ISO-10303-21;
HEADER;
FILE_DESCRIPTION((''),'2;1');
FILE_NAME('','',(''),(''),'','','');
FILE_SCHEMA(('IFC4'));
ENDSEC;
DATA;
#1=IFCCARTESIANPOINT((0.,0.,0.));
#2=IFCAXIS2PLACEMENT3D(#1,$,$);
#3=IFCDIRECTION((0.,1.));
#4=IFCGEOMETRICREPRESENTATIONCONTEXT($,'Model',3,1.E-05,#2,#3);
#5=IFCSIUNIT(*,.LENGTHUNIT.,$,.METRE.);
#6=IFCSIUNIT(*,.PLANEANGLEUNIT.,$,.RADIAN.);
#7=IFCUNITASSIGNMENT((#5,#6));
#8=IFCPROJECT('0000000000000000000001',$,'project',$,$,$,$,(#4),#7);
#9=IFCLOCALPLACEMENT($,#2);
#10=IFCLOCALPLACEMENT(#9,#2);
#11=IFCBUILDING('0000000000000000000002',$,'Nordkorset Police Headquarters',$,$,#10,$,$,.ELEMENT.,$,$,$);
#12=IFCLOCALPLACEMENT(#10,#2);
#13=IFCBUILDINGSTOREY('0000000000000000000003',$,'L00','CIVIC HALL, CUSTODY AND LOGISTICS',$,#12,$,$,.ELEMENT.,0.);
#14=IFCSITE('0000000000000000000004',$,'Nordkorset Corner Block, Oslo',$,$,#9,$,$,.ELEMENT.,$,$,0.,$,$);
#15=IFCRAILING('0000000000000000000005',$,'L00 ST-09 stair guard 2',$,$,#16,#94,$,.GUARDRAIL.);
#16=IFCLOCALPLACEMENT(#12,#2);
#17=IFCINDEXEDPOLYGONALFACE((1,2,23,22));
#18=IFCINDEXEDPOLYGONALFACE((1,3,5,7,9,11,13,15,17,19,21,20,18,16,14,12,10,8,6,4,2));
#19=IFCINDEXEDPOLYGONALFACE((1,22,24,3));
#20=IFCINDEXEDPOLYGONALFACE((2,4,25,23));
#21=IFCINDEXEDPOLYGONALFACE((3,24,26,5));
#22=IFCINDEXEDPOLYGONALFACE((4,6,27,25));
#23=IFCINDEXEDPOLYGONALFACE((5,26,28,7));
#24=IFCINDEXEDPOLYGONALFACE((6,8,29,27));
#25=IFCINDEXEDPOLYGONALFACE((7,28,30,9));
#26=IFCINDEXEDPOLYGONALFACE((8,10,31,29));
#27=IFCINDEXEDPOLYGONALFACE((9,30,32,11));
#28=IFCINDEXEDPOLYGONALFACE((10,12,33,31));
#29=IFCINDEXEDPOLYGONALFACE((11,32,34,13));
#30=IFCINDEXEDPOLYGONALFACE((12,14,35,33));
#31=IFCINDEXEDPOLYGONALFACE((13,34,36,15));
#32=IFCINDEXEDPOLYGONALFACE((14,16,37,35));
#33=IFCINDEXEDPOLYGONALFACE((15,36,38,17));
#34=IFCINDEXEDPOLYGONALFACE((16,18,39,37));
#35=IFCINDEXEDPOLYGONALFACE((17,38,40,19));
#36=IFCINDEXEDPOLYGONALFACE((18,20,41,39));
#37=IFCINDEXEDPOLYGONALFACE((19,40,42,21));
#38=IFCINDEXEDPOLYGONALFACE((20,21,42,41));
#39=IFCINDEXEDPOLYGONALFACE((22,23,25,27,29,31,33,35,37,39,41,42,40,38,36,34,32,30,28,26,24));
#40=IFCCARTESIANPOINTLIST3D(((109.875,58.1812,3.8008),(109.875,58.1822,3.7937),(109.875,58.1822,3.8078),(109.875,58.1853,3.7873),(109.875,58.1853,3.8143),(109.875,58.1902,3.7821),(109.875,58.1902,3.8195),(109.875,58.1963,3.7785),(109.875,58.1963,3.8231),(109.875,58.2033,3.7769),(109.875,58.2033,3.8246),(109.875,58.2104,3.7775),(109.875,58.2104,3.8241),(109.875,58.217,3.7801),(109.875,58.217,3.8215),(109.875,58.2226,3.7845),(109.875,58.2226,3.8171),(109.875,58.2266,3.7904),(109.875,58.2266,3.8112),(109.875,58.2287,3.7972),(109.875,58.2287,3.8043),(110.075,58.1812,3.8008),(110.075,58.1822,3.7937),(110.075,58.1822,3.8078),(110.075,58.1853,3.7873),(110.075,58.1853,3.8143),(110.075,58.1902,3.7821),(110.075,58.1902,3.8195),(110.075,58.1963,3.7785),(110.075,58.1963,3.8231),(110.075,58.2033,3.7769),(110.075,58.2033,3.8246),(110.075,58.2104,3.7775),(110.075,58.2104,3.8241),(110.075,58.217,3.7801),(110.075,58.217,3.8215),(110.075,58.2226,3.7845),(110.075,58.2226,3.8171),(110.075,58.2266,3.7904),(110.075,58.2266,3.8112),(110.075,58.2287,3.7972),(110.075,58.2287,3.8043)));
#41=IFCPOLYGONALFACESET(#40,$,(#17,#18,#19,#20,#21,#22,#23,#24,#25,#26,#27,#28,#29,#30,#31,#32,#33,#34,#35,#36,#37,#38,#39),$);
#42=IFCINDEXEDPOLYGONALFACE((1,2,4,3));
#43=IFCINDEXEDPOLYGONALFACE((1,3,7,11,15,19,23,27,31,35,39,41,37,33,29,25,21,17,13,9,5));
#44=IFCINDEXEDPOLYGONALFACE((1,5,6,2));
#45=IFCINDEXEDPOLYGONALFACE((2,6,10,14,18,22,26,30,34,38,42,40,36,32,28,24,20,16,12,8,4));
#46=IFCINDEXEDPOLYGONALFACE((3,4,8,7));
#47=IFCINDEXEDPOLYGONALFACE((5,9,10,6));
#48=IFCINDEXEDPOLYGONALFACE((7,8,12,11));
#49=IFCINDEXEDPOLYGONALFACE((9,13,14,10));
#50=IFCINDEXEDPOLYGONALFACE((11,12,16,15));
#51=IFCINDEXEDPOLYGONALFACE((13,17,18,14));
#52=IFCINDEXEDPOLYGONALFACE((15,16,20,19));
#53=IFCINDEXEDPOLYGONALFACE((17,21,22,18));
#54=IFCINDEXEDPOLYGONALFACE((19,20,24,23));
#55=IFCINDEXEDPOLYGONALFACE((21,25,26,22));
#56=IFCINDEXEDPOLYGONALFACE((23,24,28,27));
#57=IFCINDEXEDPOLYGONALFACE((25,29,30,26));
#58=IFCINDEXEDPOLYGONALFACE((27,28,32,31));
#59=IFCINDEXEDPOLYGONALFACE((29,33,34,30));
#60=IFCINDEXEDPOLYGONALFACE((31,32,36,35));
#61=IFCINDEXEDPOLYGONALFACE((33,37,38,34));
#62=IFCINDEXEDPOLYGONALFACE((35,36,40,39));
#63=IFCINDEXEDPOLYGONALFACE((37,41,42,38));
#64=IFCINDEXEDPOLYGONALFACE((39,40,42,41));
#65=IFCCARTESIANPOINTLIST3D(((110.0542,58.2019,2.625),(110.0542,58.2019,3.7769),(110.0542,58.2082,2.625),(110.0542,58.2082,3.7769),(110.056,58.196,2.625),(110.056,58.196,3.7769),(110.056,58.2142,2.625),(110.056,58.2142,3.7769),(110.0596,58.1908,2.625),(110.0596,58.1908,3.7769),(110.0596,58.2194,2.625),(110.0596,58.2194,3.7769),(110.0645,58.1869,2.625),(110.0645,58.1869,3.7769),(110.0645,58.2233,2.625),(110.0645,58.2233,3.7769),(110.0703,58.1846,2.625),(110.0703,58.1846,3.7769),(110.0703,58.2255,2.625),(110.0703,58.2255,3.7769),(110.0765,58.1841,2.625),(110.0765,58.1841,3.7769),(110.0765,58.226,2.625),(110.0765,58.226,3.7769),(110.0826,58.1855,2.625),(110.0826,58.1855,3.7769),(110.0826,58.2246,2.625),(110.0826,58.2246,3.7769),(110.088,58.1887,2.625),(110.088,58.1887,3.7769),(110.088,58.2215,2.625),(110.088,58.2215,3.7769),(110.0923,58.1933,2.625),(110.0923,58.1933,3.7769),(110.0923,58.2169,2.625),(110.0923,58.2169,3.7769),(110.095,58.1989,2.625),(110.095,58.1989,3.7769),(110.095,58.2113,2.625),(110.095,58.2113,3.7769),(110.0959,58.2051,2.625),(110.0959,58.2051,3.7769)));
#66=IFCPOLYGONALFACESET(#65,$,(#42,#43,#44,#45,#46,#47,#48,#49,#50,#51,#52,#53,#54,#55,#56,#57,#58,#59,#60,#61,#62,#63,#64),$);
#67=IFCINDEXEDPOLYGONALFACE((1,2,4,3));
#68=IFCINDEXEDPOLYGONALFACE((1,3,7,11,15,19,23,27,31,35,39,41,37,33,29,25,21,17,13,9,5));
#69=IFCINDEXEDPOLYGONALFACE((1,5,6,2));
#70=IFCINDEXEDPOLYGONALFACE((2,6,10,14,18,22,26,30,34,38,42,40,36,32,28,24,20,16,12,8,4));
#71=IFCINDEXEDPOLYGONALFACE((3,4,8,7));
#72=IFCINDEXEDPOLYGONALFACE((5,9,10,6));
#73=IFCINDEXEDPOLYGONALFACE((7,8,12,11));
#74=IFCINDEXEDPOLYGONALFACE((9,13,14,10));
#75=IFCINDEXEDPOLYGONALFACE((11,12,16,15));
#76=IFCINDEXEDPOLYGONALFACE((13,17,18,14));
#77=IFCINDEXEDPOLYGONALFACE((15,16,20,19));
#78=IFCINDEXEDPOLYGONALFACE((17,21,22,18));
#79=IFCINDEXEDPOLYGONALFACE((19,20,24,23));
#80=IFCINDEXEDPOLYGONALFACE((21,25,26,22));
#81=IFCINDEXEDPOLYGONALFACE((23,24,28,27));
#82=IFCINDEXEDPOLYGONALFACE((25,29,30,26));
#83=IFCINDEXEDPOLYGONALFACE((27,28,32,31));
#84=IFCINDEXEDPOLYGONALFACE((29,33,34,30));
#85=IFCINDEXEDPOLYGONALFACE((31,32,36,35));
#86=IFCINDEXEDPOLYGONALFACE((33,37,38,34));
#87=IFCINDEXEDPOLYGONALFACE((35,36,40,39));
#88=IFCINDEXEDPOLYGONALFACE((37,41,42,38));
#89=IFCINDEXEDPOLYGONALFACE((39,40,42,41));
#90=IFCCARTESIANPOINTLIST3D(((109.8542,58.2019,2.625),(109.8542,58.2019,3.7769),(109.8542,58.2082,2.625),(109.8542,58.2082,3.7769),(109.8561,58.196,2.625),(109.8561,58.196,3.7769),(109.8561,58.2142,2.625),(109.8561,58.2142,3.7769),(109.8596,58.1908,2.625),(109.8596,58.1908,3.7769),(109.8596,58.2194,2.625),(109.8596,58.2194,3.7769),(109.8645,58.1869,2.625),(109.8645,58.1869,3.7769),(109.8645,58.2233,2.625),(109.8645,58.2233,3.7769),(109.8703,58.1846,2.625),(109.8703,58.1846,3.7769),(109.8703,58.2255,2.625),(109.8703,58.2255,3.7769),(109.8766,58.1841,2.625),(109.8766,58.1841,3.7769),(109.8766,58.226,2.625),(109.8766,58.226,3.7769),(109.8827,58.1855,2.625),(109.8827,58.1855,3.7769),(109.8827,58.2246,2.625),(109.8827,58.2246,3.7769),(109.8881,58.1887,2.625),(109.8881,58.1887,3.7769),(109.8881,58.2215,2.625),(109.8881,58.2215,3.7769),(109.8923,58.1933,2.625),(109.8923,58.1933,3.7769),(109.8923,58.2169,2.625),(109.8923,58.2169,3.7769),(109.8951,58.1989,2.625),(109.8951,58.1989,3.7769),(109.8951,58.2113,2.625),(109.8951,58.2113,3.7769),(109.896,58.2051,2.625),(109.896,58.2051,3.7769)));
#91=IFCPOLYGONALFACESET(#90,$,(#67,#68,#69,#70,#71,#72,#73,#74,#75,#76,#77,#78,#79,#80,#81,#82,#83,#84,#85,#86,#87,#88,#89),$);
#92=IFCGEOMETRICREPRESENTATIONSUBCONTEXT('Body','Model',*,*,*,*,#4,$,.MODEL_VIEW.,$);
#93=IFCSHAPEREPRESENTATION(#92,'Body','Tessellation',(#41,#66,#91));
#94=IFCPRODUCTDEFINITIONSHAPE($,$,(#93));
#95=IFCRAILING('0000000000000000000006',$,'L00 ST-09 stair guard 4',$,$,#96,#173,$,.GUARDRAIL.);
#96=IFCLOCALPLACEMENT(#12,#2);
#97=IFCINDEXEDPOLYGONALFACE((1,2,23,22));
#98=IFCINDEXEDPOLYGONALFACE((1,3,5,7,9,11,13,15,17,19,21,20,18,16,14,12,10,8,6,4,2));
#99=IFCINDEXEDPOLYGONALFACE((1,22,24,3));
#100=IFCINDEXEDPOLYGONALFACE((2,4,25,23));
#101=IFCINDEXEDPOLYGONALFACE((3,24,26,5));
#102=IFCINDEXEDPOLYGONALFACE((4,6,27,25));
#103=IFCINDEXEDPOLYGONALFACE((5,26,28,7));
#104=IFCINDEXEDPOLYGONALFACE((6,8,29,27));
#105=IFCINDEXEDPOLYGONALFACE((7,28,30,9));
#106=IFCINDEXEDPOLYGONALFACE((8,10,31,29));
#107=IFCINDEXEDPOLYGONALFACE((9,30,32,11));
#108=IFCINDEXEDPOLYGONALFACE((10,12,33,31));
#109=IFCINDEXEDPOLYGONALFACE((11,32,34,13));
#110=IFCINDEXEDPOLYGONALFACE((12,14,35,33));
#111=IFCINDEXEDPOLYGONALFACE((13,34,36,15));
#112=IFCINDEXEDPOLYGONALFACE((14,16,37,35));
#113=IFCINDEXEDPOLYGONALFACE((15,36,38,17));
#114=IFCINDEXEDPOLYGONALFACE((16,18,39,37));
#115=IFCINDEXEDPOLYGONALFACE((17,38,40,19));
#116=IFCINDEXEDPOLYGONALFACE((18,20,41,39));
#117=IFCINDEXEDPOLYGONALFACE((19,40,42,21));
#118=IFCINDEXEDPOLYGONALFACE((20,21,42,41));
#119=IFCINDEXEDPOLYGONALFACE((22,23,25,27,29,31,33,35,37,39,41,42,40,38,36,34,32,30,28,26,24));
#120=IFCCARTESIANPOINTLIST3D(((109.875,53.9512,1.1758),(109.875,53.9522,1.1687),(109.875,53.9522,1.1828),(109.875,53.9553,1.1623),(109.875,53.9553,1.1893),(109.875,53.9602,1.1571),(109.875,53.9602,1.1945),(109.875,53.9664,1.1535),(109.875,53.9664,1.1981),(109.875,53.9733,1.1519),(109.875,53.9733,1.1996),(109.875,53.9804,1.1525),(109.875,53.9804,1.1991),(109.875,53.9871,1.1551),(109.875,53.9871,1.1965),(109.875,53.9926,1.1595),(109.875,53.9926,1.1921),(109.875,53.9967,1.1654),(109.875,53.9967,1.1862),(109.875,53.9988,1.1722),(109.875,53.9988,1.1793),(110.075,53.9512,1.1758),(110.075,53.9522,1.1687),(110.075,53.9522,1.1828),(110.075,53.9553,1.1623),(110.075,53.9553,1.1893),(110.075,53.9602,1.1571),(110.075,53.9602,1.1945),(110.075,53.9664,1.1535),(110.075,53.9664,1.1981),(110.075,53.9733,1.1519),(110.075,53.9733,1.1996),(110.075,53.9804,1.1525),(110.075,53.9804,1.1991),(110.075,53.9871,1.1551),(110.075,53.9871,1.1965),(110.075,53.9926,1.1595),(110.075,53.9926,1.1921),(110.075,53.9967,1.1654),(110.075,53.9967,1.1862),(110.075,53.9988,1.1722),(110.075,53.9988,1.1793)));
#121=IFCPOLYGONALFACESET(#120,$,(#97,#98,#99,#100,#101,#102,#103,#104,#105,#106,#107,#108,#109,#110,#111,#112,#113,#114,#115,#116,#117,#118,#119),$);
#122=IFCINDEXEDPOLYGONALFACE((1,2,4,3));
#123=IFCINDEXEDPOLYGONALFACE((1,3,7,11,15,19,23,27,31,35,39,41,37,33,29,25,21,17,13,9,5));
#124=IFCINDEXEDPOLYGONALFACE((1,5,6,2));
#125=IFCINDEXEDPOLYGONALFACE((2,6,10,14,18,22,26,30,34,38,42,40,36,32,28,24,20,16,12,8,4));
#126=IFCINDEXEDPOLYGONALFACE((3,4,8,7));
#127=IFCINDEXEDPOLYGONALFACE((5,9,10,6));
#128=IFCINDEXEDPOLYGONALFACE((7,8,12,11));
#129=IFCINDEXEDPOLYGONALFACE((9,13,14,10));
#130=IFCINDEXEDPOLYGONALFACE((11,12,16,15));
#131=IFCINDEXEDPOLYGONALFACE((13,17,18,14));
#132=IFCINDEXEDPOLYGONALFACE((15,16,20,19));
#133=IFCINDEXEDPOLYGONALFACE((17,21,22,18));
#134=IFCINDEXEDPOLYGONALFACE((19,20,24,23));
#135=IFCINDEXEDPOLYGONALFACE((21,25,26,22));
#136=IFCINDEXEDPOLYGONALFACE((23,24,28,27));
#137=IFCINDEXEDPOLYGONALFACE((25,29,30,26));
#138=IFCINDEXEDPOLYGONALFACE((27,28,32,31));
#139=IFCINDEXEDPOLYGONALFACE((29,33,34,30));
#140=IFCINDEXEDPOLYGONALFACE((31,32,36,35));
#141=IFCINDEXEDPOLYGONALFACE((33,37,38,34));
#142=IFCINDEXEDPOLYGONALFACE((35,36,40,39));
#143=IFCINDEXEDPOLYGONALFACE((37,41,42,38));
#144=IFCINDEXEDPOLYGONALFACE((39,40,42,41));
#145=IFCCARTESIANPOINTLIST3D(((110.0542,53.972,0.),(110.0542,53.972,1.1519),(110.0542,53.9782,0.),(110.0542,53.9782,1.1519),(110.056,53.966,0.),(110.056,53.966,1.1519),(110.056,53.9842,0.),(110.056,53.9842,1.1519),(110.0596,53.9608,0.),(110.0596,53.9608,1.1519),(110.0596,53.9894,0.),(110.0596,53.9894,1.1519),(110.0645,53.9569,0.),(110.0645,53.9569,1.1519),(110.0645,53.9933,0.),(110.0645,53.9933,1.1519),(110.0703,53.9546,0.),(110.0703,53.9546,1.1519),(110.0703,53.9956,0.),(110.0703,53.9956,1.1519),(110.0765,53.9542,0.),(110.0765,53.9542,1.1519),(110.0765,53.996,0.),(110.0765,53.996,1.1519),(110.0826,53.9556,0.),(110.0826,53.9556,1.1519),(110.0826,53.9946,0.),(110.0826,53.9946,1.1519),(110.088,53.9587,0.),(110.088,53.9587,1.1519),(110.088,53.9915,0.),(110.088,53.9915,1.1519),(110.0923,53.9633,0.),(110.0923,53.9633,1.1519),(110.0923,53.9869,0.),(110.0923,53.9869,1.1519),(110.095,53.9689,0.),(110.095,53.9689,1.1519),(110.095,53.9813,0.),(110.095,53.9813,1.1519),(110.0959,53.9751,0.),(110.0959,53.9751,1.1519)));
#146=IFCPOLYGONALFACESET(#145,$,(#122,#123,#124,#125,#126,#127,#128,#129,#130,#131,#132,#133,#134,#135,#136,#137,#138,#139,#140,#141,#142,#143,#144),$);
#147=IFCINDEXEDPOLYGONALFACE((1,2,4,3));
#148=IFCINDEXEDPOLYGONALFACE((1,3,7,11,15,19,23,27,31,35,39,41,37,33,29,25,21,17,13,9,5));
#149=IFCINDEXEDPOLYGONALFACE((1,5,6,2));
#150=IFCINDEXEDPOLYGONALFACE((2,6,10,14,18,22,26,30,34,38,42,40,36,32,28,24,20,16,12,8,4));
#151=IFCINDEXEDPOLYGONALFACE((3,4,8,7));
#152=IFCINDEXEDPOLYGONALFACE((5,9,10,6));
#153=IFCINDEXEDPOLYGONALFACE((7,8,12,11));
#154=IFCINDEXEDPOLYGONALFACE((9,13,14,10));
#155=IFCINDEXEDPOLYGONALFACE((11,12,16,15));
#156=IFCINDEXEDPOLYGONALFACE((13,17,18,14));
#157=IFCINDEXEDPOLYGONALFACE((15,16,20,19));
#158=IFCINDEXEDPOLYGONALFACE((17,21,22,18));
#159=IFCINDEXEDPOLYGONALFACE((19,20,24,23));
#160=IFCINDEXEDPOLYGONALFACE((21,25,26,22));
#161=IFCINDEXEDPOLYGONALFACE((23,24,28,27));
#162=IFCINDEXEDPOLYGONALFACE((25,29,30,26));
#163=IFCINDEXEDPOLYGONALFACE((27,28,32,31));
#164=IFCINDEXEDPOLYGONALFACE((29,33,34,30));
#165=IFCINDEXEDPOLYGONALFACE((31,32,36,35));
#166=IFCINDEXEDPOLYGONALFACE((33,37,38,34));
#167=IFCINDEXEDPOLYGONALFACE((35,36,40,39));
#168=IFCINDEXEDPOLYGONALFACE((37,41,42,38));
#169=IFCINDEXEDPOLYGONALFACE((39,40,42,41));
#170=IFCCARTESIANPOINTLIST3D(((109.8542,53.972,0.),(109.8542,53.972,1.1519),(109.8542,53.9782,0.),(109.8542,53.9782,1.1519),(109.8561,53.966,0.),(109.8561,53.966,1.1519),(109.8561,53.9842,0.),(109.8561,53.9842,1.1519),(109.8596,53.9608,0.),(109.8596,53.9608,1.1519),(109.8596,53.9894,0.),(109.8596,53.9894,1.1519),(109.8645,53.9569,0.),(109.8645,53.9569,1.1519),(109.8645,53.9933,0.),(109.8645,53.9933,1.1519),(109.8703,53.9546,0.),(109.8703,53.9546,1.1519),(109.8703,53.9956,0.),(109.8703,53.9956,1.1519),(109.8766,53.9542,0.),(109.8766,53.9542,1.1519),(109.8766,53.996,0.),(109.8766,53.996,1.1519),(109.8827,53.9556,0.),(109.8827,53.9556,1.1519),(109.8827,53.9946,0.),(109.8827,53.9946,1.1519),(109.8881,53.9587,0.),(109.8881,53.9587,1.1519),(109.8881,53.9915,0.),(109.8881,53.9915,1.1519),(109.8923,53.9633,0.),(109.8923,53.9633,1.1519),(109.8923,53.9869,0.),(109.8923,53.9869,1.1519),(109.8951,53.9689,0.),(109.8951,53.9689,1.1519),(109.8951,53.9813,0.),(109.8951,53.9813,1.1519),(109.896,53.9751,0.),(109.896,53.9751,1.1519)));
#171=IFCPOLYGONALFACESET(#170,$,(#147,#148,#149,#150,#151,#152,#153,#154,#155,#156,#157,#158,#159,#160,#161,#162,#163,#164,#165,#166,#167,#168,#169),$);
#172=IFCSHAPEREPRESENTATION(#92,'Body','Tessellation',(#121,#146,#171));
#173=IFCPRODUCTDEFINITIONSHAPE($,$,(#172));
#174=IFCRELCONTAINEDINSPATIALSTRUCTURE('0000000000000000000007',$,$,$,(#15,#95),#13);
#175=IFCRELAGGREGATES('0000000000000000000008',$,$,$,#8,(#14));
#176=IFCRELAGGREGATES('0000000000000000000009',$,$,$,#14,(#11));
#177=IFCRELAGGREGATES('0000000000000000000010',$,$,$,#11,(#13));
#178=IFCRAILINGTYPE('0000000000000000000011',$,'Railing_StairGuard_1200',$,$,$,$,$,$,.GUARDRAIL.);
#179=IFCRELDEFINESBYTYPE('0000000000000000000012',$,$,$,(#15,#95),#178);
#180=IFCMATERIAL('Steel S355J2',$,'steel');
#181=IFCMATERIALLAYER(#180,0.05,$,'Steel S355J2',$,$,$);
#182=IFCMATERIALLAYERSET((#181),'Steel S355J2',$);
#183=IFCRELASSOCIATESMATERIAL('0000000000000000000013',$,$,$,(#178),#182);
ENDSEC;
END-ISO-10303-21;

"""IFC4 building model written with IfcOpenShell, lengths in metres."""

from ifc_helpers import new_model, si_unit, direction, frame, origin, origin_2d, place, context, subcontext, project, spatial, circle, extrude, material, layer, layer_set, type_object, element, save


model = new_model("IFC4")

# Units and contexts
model_context = context("Model", 3, precision=1e-05, world=origin(), true_north=direction((0.0, 1.0)))
body_context = subcontext(model_context, "Body", "Model", "MODEL_VIEW")
ifc_project = project(units=[si_unit("LENGTHUNIT", "METRE"), si_unit("PLANEANGLEUNIT", "RADIAN")], contexts=[model_context])

# Site, building, storey
site_placement = place(None, origin())
site = spatial("IfcSite", under=ifc_project, at=site_placement, Name="Nordkorset Corner Block, Oslo", CompositionType="ELEMENT", RefElevation=0.0)
building_placement = place(site_placement, origin())
building = spatial("IfcBuilding", under=site, at=building_placement, Name="Nordkorset Police Headquarters", CompositionType="ELEMENT")
storey_placement = place(building_placement, origin())
storey = spatial("IfcBuildingStorey", under=building, at=storey_placement, Name="L00", Description="CIVIC HALL, CUSTODY AND LOGISTICS", CompositionType="ELEMENT", Elevation=0.0)

# Railings
ifc_material_1 = material(Name="Steel S355J2", Category="steel")
ifc_layer_1 = layer(ifc_material_1, 0.05, Name="Steel S355J2")
ifc_layer_set_1 = layer_set([ifc_layer_1], Name="Steel S355J2")
railing_type_1 = type_object("IfcRailingType", Name="Railing_StairGuard_1200", PredefinedType="GUARDRAIL", material=ifc_layer_set_1)
for number, where, name in (
    (1, (110.075, 58.2051, 2.625), "L00 ST-09 stair guard 2"),
    (2, (110.075, 53.9751, 0.0), "L00 ST-09 stair guard 4"),
):
    element("IfcRailing", number, at=place(storey_placement, frame(where)), inside=storey, type_object=railing_type_1, Name=name, PredefinedType="GUARDRAIL", context=body_context, shape_type="SweptSolid", body=[
        extrude(circle(Radius=0.0239, at=origin_2d()), frame((0.0, 0.0, 1.1758), z_axis=(-1.0, 0.0, 0.0), x_axis=(0.0, -1.0, 0.0)), (0.0, 0.0, 1.0), 0.2),
        extrude(circle(Radius=0.021, at=origin_2d()), origin(), (0.0, 0.0, 1.0), 1.1519),
        extrude(circle(Radius=0.021, at=origin_2d()), frame((-0.2, 0.0, 0.0)), (0.0, 0.0, 1.0), 1.1519),
    ])

save(model, "model.ifc")
